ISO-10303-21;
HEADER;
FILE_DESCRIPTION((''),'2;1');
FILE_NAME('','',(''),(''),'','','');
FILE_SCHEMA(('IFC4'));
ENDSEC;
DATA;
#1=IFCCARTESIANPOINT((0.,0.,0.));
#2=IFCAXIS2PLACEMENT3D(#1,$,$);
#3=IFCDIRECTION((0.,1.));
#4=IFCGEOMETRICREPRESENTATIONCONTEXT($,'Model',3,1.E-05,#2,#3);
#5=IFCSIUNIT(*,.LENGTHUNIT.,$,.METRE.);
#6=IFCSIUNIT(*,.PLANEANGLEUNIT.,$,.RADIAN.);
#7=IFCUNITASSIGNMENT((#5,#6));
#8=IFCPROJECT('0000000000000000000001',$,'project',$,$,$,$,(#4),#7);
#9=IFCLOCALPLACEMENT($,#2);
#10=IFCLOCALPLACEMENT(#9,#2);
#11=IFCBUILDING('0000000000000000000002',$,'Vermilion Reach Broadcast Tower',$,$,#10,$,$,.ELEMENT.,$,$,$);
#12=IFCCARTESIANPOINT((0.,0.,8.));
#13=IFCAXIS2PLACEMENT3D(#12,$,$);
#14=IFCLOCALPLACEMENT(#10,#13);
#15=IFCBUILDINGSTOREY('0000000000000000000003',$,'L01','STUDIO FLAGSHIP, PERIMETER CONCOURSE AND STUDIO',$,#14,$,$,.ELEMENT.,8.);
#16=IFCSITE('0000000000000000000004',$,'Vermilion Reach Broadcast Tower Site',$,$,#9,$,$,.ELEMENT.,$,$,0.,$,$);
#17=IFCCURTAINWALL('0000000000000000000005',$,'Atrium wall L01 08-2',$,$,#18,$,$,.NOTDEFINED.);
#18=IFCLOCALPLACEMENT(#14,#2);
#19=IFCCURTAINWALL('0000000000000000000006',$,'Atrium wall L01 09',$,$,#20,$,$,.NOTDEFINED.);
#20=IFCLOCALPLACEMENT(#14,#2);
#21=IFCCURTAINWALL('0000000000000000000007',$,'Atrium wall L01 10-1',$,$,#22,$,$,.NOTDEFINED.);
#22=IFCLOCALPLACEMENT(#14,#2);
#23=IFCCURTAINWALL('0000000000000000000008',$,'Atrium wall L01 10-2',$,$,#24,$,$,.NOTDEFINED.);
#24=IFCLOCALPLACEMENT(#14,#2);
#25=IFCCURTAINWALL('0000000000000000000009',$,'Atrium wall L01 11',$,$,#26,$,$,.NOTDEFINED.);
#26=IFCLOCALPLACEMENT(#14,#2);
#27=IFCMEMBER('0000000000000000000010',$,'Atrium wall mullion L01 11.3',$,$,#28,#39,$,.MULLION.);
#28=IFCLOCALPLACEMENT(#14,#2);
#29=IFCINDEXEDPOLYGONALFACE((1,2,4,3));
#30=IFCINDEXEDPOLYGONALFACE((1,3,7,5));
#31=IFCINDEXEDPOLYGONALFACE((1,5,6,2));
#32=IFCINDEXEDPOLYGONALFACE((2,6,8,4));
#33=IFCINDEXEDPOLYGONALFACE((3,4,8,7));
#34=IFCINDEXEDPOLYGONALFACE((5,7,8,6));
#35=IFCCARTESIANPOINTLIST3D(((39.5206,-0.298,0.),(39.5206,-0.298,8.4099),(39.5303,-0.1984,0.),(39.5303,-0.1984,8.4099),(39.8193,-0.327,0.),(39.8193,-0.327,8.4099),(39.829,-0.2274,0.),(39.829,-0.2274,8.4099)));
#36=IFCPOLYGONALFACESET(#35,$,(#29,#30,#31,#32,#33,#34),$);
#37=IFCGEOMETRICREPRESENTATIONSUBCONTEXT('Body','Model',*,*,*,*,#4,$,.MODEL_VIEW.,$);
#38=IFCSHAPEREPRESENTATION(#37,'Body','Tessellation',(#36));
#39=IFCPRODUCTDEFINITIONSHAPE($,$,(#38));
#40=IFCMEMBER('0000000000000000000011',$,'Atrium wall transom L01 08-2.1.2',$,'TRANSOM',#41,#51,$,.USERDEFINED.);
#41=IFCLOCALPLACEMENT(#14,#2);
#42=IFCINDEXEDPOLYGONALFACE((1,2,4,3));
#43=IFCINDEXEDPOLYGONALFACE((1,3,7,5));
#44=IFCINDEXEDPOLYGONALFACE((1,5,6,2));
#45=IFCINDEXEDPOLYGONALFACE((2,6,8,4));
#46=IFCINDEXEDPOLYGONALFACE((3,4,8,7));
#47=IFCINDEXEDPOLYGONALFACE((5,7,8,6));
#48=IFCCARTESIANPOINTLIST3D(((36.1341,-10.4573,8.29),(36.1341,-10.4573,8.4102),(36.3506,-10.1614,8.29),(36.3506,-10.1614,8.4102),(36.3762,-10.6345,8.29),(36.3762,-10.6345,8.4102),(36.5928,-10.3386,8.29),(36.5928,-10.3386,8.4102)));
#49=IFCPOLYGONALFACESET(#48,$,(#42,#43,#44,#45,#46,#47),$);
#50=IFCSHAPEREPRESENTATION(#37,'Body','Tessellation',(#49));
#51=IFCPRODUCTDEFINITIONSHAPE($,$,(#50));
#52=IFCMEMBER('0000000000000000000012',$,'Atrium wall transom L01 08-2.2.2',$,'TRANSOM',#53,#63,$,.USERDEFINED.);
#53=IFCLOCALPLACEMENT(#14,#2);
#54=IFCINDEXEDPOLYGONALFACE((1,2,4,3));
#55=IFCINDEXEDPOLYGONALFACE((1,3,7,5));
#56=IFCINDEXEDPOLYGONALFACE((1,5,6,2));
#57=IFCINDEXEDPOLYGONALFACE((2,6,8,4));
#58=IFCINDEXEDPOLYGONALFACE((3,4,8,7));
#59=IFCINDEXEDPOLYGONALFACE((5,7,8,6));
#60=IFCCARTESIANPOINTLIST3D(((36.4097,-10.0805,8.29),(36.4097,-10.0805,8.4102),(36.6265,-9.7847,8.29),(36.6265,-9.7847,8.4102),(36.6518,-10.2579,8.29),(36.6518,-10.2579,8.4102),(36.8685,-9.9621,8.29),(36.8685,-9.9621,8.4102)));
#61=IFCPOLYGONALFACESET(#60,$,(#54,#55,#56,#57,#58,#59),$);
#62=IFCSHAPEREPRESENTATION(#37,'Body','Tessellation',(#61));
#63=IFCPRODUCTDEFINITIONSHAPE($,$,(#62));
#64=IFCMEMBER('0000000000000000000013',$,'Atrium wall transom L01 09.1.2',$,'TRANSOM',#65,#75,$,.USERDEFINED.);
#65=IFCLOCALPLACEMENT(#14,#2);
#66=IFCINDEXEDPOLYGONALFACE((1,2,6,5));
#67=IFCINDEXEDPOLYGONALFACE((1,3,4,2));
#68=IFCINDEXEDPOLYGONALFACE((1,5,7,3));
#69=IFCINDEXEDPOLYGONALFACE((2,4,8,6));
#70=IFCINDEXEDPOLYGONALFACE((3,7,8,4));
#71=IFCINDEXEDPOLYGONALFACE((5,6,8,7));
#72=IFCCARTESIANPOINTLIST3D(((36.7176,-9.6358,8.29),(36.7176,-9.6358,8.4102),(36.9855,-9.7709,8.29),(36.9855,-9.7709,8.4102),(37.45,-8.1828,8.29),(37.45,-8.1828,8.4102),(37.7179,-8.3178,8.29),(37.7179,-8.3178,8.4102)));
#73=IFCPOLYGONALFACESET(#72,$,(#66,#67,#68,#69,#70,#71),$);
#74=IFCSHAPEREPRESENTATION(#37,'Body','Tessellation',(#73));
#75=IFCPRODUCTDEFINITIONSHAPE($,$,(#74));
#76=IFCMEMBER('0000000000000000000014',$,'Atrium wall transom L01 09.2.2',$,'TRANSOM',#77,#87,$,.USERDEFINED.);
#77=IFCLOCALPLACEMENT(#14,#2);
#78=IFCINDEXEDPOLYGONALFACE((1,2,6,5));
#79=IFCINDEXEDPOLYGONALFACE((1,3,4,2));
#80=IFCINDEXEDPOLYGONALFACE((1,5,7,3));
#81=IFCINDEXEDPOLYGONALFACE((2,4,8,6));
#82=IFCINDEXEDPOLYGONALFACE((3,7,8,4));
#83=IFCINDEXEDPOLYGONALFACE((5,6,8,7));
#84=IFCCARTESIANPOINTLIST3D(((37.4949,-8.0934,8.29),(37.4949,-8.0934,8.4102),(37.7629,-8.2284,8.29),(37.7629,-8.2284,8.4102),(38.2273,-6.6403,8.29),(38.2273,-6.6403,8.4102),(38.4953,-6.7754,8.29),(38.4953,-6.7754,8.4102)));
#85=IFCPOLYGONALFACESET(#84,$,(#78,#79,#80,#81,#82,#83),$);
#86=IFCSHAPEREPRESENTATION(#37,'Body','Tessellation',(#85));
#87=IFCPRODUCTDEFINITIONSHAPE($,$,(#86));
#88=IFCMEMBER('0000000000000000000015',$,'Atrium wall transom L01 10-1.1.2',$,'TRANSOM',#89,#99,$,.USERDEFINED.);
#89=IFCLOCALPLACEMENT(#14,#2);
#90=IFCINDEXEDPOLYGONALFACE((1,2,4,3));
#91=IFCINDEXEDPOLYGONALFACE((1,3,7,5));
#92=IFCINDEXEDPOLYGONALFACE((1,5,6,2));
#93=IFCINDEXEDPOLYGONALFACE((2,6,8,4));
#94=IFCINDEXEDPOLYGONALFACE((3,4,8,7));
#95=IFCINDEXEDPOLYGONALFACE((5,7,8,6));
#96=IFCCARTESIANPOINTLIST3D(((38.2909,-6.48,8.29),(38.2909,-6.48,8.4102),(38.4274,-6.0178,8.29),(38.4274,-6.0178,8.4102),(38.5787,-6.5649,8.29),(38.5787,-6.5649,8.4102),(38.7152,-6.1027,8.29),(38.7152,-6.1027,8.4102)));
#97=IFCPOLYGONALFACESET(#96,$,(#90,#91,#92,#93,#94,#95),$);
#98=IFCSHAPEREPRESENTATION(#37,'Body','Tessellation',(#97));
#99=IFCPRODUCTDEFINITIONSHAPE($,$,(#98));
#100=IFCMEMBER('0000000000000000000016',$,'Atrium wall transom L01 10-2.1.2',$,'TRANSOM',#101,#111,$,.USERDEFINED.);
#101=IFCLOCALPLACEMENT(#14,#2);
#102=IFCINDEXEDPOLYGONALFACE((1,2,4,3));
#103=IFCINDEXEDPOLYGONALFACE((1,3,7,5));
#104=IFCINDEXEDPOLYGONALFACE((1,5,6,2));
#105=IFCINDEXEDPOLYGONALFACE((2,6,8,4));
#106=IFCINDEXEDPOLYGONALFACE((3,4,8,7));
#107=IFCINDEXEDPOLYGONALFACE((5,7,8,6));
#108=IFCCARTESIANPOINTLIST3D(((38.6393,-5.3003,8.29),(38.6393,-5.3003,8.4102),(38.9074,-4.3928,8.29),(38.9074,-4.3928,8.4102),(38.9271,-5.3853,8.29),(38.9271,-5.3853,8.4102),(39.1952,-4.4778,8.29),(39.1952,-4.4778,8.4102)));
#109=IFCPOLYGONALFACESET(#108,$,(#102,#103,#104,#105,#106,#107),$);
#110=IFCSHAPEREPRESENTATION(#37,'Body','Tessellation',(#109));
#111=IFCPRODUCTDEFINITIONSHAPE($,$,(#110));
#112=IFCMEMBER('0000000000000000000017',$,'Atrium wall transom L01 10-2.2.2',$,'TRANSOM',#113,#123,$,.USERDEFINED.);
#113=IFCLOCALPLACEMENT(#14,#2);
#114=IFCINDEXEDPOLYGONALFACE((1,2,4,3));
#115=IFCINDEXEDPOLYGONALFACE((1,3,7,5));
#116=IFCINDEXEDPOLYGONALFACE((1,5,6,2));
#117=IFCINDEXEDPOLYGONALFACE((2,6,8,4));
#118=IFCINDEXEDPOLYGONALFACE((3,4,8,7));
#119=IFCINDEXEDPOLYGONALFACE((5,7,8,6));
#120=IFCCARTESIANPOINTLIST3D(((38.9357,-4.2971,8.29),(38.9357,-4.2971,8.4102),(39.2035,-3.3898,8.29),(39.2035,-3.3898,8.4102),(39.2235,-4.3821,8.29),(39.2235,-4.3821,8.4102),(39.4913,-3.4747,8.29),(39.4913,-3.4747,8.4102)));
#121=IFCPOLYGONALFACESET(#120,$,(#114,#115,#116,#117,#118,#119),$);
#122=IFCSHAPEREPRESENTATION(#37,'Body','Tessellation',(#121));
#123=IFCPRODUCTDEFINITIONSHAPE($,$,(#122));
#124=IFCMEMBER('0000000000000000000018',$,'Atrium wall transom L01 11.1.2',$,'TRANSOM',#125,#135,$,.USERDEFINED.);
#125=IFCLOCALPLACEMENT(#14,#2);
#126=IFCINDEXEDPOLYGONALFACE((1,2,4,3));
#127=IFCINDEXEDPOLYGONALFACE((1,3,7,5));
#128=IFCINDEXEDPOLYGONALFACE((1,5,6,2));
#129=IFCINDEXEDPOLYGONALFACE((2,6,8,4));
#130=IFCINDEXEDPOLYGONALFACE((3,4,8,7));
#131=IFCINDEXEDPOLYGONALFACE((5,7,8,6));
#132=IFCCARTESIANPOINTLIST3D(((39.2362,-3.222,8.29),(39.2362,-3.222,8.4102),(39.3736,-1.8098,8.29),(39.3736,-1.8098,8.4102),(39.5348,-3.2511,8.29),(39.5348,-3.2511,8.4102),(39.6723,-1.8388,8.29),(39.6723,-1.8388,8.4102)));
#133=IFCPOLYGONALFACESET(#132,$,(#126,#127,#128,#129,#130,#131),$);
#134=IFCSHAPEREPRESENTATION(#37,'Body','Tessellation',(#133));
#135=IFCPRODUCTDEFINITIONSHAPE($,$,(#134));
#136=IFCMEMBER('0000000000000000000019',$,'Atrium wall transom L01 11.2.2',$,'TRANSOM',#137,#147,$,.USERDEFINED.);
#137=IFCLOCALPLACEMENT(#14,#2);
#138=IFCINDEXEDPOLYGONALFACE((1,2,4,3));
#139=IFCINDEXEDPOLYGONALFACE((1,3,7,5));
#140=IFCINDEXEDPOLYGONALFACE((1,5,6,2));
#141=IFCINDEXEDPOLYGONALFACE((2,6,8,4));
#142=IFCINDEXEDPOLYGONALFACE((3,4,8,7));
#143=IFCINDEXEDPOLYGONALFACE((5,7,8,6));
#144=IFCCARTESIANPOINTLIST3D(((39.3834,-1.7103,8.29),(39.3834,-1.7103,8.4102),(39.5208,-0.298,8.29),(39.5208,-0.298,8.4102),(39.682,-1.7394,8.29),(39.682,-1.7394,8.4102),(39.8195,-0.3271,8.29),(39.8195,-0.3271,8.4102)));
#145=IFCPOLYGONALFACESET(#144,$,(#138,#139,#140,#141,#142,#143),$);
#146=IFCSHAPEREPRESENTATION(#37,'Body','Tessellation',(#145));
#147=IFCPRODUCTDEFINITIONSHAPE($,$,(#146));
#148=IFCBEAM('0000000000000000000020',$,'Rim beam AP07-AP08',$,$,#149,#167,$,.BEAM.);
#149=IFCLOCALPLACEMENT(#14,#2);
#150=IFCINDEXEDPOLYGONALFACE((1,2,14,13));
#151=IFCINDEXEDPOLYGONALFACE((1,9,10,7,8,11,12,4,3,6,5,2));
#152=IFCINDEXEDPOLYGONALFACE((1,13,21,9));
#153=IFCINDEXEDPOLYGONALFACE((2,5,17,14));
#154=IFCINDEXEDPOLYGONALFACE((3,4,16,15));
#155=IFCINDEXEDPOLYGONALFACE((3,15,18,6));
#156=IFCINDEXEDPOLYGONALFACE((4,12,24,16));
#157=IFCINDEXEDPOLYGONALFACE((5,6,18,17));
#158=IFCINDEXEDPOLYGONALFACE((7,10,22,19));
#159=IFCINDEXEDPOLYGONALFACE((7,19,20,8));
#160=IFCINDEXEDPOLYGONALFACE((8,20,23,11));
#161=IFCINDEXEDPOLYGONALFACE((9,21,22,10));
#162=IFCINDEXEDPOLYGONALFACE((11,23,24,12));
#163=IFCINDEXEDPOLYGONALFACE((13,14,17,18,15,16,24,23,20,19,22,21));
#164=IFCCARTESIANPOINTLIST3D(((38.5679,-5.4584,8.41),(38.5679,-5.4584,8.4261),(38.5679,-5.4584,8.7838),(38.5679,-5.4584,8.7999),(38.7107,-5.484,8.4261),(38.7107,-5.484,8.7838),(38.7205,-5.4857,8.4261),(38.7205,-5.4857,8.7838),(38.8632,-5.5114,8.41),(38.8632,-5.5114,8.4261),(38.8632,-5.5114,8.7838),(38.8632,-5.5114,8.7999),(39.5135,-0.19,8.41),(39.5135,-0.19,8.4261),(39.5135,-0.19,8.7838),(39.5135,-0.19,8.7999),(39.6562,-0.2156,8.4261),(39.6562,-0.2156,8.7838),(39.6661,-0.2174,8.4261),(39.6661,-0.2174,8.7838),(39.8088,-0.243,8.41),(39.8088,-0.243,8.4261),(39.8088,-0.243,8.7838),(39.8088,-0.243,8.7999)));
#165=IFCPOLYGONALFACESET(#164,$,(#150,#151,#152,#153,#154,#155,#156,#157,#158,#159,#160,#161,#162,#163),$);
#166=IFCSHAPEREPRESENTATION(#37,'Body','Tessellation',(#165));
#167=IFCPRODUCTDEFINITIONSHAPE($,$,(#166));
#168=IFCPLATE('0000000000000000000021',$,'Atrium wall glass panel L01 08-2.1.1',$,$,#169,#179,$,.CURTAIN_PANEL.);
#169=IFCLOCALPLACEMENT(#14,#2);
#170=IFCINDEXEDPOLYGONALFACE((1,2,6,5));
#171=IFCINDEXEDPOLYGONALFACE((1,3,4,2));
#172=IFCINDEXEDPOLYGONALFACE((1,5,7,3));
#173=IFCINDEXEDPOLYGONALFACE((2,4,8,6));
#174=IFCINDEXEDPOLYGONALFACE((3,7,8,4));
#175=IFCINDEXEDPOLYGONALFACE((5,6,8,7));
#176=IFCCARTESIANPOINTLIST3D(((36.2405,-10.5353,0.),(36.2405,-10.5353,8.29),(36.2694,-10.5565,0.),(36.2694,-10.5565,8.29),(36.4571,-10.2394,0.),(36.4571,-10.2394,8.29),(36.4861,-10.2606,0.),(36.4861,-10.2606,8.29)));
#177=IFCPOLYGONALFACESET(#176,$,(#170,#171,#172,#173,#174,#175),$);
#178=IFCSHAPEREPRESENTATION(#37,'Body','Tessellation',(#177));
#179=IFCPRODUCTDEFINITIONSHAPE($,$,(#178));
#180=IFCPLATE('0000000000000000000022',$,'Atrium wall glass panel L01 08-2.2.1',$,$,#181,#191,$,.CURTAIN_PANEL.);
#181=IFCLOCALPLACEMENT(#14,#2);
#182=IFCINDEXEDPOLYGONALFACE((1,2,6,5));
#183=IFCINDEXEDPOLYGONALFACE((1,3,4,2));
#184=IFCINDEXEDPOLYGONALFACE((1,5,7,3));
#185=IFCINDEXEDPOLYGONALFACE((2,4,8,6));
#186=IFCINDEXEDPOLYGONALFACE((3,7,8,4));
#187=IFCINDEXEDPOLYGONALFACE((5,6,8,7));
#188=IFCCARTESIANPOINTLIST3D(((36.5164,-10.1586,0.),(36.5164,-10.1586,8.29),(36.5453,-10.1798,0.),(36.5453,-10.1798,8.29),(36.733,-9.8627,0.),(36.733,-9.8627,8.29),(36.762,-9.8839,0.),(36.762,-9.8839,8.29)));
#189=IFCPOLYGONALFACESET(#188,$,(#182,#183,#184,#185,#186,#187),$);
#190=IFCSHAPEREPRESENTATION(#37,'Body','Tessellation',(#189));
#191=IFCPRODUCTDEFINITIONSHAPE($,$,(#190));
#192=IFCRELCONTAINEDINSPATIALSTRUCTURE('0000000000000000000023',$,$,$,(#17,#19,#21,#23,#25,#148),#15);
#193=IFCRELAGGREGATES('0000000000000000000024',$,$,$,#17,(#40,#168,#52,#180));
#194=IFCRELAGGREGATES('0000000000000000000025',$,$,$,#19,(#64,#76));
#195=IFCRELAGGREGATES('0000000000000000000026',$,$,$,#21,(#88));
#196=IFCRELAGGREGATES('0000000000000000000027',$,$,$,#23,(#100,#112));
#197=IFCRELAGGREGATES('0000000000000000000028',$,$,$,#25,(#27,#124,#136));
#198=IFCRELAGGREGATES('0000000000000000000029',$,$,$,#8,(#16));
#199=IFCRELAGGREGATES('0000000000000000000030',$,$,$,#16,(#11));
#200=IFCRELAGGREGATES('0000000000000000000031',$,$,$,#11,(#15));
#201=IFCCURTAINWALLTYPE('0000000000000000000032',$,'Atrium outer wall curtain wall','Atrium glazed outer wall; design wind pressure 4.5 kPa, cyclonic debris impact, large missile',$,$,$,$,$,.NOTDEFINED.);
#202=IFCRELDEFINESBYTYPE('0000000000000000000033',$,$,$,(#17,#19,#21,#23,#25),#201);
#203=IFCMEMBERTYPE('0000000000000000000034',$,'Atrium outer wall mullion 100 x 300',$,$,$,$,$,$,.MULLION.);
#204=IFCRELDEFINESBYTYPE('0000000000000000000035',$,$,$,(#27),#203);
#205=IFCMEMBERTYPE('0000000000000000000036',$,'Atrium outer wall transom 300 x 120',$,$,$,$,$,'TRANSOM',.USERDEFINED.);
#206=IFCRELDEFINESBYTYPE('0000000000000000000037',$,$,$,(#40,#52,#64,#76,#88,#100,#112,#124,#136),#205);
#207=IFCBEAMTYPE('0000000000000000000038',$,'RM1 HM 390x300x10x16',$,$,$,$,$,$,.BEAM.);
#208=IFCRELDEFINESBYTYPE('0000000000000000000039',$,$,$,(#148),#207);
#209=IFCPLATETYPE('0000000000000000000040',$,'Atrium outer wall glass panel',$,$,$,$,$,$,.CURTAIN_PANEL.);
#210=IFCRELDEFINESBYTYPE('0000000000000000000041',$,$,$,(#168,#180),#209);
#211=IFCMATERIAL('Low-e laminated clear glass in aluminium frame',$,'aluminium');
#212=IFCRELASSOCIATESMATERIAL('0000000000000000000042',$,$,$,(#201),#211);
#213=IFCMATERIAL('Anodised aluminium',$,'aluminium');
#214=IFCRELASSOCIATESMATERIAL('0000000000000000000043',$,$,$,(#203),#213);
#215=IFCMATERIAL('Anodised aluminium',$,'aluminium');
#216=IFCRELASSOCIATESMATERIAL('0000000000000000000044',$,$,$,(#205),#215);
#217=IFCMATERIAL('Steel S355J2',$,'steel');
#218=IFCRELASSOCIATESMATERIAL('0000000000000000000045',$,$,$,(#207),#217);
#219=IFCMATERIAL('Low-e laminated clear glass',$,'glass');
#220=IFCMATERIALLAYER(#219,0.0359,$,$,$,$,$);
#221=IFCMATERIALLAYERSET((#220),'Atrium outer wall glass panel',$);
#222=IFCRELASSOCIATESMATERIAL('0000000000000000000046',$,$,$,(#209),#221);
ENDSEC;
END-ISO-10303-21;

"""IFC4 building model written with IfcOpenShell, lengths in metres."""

from ifc_helpers import new_model, si_unit, direction, frame, origin, origin_2d, place, context, subcontext, project, spatial, rectangle, i_section, extrude, material, layer, layer_set, material_profile, profile_set, type_object, element, aggregate, save


model = new_model("IFC4")

# Units and contexts
model_context = context("Model", 3, precision=1e-05, world=origin(), true_north=direction((0.0, 1.0)))
body_context = subcontext(model_context, "Body", "Model", "MODEL_VIEW")
ifc_project = project(units=[si_unit("LENGTHUNIT", "METRE"), si_unit("PLANEANGLEUNIT", "RADIAN")], contexts=[model_context])

# Site, building, storey
site_placement = place(None, origin())
site = spatial("IfcSite", under=ifc_project, at=site_placement, Name="Vermilion Reach Broadcast Tower Site", CompositionType="ELEMENT", RefElevation=0.0)
building_placement = place(site_placement, origin())
building = spatial("IfcBuilding", under=site, at=building_placement, Name="Vermilion Reach Broadcast Tower", CompositionType="ELEMENT")
storey_placement = place(building_placement, frame((0.0, 0.0, 8.0)))
storey = spatial("IfcBuildingStorey", under=building, at=storey_placement, Name="L01", Description="STUDIO FLAGSHIP, PERIMETER CONCOURSE AND STUDIO", CompositionType="ELEMENT", Elevation=8.0)

# Curtain walls, member
ifc_material_1 = material(Name="Low-e laminated clear glass in aluminium frame", Category="aluminium")
curtain_wall_type = type_object("IfcCurtainWallType", Name="Atrium outer wall curtain wall", Description="Atrium glazed outer wall; design wind pressure 4.5 kPa, cyclonic debris impact, large missile", PredefinedType="NOTDEFINED", material=ifc_material_1)
placement = place(storey_placement, origin())
curtain_wall_1 = element("IfcCurtainWall", 1, at=placement, inside=storey, type_object=curtain_wall_type, Name="Atrium wall L01 08-2", PredefinedType="NOTDEFINED")
ifc_material_2 = material(Name="Anodised aluminium", Category="aluminium")
ifc_material_profile_1 = material_profile(ifc_material_2, rectangle(XDim=0.3, YDim=0.1001, at=origin_2d()), Name="Atrium outer wall mullion 100 x 300")
ifc_profile_set_1 = profile_set([ifc_material_profile_1], Name="Anodised aluminium")
member_type_1 = type_object("IfcMemberType", Name="Atrium outer wall mullion 100 x 300", PredefinedType="MULLION", material=ifc_profile_set_1)
curtain_wall_2 = element("IfcCurtainWall", 2, at=placement, inside=storey, type_object=curtain_wall_type, Name="Atrium wall L01 09", PredefinedType="NOTDEFINED")
curtain_wall_3 = element("IfcCurtainWall", 3, at=placement, inside=storey, type_object=curtain_wall_type, Name="Atrium wall L01 10-1", PredefinedType="NOTDEFINED")
curtain_wall_4 = element("IfcCurtainWall", 4, at=placement, inside=storey, type_object=curtain_wall_type, Name="Atrium wall L01 10-2", PredefinedType="NOTDEFINED")
curtain_wall_5 = element("IfcCurtainWall", 5, at=placement, inside=storey, type_object=curtain_wall_type, Name="Atrium wall L01 11", PredefinedType="NOTDEFINED")
member_1_placement = place(storey_placement, frame((39.6748, -0.2627, 0.0), z_axis=(0.0, 0.0, 1.0), x_axis=(-0.995298, 0.096861, 0.0)))
member_1 = element("IfcMember", 6, at=member_1_placement, type_object=member_type_1, Name="Atrium wall mullion L01 11.3", PredefinedType="MULLION", context=body_context, shape_type="SweptSolid", body=[
    extrude(rectangle(XDim=0.3, YDim=0.1001, at=origin_2d()), origin(), (0.0, 0.0, 1.0), 8.4099),
])

# Members
ifc_material_3 = material(Name="Anodised aluminium", Category="aluminium")
ifc_material_profile_2 = material_profile(ifc_material_3, rectangle(XDim=0.3, YDim=0.1201, at=origin_2d()), Name="Atrium outer wall transom 300 x 120")
ifc_profile_set_2 = profile_set([ifc_material_profile_2], Name="Anodised aluminium")
member_type_2 = type_object("IfcMemberType", Name="Atrium outer wall transom 300 x 120", ElementType="TRANSOM", PredefinedType="USERDEFINED", material=ifc_profile_set_2)
member_2_placement = place(storey_placement, frame((36.2551, -10.5459, 8.3501), z_axis=(0.590584, 0.806976, 0.0), x_axis=(-0.806976, 0.590584, 0.0)))
member_2 = element("IfcMember", 7, at=member_2_placement, type_object=member_type_2, Name="Atrium wall transom L01 08-2.1.2", ObjectType="TRANSOM", PredefinedType="USERDEFINED", context=body_context, shape_type="SweptSolid", body=[
    extrude(rectangle(XDim=0.3, YDim=0.1201, at=origin_2d()), origin(), (0.0, 0.0, 1.0), 0.3667),
])
member_3_placement = place(storey_placement, frame((36.5308, -10.1692, 8.3501), z_axis=(0.591017, 0.806659, 0.0), x_axis=(-0.806659, 0.591017, 0.0)))
member_3 = element("IfcMember", 8, at=member_3_placement, type_object=member_type_2, Name="Atrium wall transom L01 08-2.2.2", ObjectType="TRANSOM", PredefinedType="USERDEFINED", context=body_context, shape_type="SweptSolid", body=[
    extrude(rectangle(XDim=0.3, YDim=0.1201, at=origin_2d()), origin(), (0.0, 0.0, 1.0), 0.3667),
])
member_4_placement = place(storey_placement, frame((36.8516, -9.7034, 8.3501), z_axis=(0.450092, 0.892982, 0.0), x_axis=(-0.892982, 0.450092, 0.0)))
member_4 = element("IfcMember", 9, at=member_4_placement, type_object=member_type_2, Name="Atrium wall transom L01 09.1.2", ObjectType="TRANSOM", PredefinedType="USERDEFINED", context=body_context, shape_type="SweptSolid", body=[
    extrude(rectangle(XDim=0.3, YDim=0.1201, at=origin_2d()), origin(), (0.0, 0.0, 1.0), 1.6272),
])
member_5_placement = place(storey_placement, frame((37.6289, -8.1609, 8.3501), z_axis=(0.450092, 0.892982, 0.0), x_axis=(-0.892982, 0.450092, 0.0)))
member_5 = element("IfcMember", 10, at=member_5_placement, type_object=member_type_2, Name="Atrium wall transom L01 09.2.2", ObjectType="TRANSOM", PredefinedType="USERDEFINED", context=body_context, shape_type="SweptSolid", body=[
    extrude(rectangle(XDim=0.3, YDim=0.1201, at=origin_2d()), origin(), (0.0, 0.0, 1.0), 1.6272),
])
member_6_placement = place(storey_placement, frame((38.4348, -6.5225, 8.3501), z_axis=(0.283208, 0.959058, 0.0), x_axis=(-0.959058, 0.283208, 0.0)))
member_6 = element("IfcMember", 11, at=member_6_placement, type_object=member_type_2, Name="Atrium wall transom L01 10-1.1.2", ObjectType="TRANSOM", PredefinedType="USERDEFINED", context=body_context, shape_type="SweptSolid", body=[
    extrude(rectangle(XDim=0.3, YDim=0.1201, at=origin_2d()), origin(), (0.0, 0.0, 1.0), 0.4819),
])
member_7_placement = place(storey_placement, frame((38.7832, -5.3428, 8.3501), z_axis=(0.283298, 0.959032, 0.0), x_axis=(-0.959032, 0.283298, 0.0)))
member_7 = element("IfcMember", 12, at=member_7_placement, type_object=member_type_2, Name="Atrium wall transom L01 10-2.1.2", ObjectType="TRANSOM", PredefinedType="USERDEFINED", context=body_context, shape_type="SweptSolid", body=[
    extrude(rectangle(XDim=0.3, YDim=0.1201, at=origin_2d()), origin(), (0.0, 0.0, 1.0), 0.9463),
])
member_8_placement = place(storey_placement, frame((39.0796, -4.3396, 8.3501), z_axis=(0.28306, 0.959102, 0.0), x_axis=(-0.959102, 0.28306, 0.0)))
member_8 = element("IfcMember", 13, at=member_8_placement, type_object=member_type_2, Name="Atrium wall transom L01 10-2.2.2", ObjectType="TRANSOM", PredefinedType="USERDEFINED", context=body_context, shape_type="SweptSolid", body=[
    extrude(rectangle(XDim=0.3, YDim=0.1201, at=origin_2d()), origin(), (0.0, 0.0, 1.0), 0.946),
])
member_9_placement = place(storey_placement, frame((39.3855, -3.2366, 8.3501), z_axis=(0.096863, 0.995298, 0.0), x_axis=(-0.995298, 0.096863, 0.0)))
member_9 = element("IfcMember", 14, at=member_9_placement, type_object=member_type_2, Name="Atrium wall transom L01 11.1.2", ObjectType="TRANSOM", PredefinedType="USERDEFINED", context=body_context, shape_type="SweptSolid", body=[
    extrude(rectangle(XDim=0.3, YDim=0.1201, at=origin_2d()), origin(), (0.0, 0.0, 1.0), 1.4189),
])
member_10_placement = place(storey_placement, frame((39.5327, -1.7249, 8.3501), z_axis=(0.096863, 0.995298, 0.0), x_axis=(-0.995298, 0.096863, 0.0)))
member_10 = element("IfcMember", 15, at=member_10_placement, type_object=member_type_2, Name="Atrium wall transom L01 11.2.2", ObjectType="TRANSOM", PredefinedType="USERDEFINED", context=body_context, shape_type="SweptSolid", body=[
    extrude(rectangle(XDim=0.3, YDim=0.1201, at=origin_2d()), origin(), (0.0, 0.0, 1.0), 1.4189),
])

# Beam
ifc_material_4 = material(Name="Steel S355J2", Category="steel")
ifc_material_profile_3 = material_profile(ifc_material_4, i_section(OverallWidth=0.3, OverallDepth=0.3899, WebThickness=0.01, FlangeThickness=0.0161, at=origin_2d()), Name="S355J2 HM 390x300x10x16")
ifc_profile_set_3 = profile_set([ifc_material_profile_3], Name="Steel S355J2")
beam_type = type_object("IfcBeamType", Name="RM1 HM 390x300x10x16", PredefinedType="BEAM", material=ifc_profile_set_3)
beam_placement = place(storey_placement, frame((38.7156, -5.4849, 8.605), z_axis=(0.176657, 0.984272, 0.0), x_axis=(-0.984272, 0.176657, 0.0)))
element("IfcBeam", 16, at=beam_placement, inside=storey, type_object=beam_type, Name="Rim beam AP07-AP08", PredefinedType="BEAM", context=body_context, shape_type="SweptSolid", body=[
    extrude(i_section(OverallWidth=0.3, OverallDepth=0.3899, WebThickness=0.01, FlangeThickness=0.0161, at=origin_2d()), origin(), (0.0, 0.0, 1.0), 5.3525),
])

# Plates
ifc_material_5 = material(Name="Low-e laminated clear glass", Category="glass")
ifc_layer = layer(ifc_material_5, 0.0359)
ifc_layer_set = layer_set([ifc_layer], Name="Atrium outer wall glass panel")
plate_type = type_object("IfcPlateType", Name="Atrium outer wall glass panel", PredefinedType="CURTAIN_PANEL", material=ifc_layer_set)
plate_1_placement = place(storey_placement, frame((36.3633, -10.3979, 0.0), z_axis=(0.0, 0.0, 1.0), x_axis=(0.59076, 0.806847, 0.0)))
plate_1 = element("IfcPlate", 17, at=plate_1_placement, type_object=plate_type, Name="Atrium wall glass panel L01 08-2.1.1", PredefinedType="CURTAIN_PANEL", context=body_context, shape_type="SweptSolid", body=[
    extrude(rectangle(XDim=0.3667, YDim=0.0359, at=origin_2d()), origin(), (0.0, 0.0, 1.0), 8.29),
])
plate_2_placement = place(storey_placement, frame((36.6392, -10.0212, 0.0), z_axis=(0.0, 0.0, 1.0), x_axis=(0.59076, 0.806847, 0.0)))
plate_2 = element("IfcPlate", 18, at=plate_2_placement, type_object=plate_type, Name="Atrium wall glass panel L01 08-2.2.1", PredefinedType="CURTAIN_PANEL", context=body_context, shape_type="SweptSolid", body=[
    extrude(rectangle(XDim=0.3667, YDim=0.0359, at=origin_2d()), origin(), (0.0, 0.0, 1.0), 8.29),
])
aggregate(curtain_wall_1, [member_2, plate_1, member_3, plate_2])
aggregate(curtain_wall_2, [member_4, member_5])
aggregate(curtain_wall_3, [member_6])
aggregate(curtain_wall_4, [member_7, member_8])
aggregate(curtain_wall_5, [member_1, member_9, member_10])

save(model, "model.ifc")
